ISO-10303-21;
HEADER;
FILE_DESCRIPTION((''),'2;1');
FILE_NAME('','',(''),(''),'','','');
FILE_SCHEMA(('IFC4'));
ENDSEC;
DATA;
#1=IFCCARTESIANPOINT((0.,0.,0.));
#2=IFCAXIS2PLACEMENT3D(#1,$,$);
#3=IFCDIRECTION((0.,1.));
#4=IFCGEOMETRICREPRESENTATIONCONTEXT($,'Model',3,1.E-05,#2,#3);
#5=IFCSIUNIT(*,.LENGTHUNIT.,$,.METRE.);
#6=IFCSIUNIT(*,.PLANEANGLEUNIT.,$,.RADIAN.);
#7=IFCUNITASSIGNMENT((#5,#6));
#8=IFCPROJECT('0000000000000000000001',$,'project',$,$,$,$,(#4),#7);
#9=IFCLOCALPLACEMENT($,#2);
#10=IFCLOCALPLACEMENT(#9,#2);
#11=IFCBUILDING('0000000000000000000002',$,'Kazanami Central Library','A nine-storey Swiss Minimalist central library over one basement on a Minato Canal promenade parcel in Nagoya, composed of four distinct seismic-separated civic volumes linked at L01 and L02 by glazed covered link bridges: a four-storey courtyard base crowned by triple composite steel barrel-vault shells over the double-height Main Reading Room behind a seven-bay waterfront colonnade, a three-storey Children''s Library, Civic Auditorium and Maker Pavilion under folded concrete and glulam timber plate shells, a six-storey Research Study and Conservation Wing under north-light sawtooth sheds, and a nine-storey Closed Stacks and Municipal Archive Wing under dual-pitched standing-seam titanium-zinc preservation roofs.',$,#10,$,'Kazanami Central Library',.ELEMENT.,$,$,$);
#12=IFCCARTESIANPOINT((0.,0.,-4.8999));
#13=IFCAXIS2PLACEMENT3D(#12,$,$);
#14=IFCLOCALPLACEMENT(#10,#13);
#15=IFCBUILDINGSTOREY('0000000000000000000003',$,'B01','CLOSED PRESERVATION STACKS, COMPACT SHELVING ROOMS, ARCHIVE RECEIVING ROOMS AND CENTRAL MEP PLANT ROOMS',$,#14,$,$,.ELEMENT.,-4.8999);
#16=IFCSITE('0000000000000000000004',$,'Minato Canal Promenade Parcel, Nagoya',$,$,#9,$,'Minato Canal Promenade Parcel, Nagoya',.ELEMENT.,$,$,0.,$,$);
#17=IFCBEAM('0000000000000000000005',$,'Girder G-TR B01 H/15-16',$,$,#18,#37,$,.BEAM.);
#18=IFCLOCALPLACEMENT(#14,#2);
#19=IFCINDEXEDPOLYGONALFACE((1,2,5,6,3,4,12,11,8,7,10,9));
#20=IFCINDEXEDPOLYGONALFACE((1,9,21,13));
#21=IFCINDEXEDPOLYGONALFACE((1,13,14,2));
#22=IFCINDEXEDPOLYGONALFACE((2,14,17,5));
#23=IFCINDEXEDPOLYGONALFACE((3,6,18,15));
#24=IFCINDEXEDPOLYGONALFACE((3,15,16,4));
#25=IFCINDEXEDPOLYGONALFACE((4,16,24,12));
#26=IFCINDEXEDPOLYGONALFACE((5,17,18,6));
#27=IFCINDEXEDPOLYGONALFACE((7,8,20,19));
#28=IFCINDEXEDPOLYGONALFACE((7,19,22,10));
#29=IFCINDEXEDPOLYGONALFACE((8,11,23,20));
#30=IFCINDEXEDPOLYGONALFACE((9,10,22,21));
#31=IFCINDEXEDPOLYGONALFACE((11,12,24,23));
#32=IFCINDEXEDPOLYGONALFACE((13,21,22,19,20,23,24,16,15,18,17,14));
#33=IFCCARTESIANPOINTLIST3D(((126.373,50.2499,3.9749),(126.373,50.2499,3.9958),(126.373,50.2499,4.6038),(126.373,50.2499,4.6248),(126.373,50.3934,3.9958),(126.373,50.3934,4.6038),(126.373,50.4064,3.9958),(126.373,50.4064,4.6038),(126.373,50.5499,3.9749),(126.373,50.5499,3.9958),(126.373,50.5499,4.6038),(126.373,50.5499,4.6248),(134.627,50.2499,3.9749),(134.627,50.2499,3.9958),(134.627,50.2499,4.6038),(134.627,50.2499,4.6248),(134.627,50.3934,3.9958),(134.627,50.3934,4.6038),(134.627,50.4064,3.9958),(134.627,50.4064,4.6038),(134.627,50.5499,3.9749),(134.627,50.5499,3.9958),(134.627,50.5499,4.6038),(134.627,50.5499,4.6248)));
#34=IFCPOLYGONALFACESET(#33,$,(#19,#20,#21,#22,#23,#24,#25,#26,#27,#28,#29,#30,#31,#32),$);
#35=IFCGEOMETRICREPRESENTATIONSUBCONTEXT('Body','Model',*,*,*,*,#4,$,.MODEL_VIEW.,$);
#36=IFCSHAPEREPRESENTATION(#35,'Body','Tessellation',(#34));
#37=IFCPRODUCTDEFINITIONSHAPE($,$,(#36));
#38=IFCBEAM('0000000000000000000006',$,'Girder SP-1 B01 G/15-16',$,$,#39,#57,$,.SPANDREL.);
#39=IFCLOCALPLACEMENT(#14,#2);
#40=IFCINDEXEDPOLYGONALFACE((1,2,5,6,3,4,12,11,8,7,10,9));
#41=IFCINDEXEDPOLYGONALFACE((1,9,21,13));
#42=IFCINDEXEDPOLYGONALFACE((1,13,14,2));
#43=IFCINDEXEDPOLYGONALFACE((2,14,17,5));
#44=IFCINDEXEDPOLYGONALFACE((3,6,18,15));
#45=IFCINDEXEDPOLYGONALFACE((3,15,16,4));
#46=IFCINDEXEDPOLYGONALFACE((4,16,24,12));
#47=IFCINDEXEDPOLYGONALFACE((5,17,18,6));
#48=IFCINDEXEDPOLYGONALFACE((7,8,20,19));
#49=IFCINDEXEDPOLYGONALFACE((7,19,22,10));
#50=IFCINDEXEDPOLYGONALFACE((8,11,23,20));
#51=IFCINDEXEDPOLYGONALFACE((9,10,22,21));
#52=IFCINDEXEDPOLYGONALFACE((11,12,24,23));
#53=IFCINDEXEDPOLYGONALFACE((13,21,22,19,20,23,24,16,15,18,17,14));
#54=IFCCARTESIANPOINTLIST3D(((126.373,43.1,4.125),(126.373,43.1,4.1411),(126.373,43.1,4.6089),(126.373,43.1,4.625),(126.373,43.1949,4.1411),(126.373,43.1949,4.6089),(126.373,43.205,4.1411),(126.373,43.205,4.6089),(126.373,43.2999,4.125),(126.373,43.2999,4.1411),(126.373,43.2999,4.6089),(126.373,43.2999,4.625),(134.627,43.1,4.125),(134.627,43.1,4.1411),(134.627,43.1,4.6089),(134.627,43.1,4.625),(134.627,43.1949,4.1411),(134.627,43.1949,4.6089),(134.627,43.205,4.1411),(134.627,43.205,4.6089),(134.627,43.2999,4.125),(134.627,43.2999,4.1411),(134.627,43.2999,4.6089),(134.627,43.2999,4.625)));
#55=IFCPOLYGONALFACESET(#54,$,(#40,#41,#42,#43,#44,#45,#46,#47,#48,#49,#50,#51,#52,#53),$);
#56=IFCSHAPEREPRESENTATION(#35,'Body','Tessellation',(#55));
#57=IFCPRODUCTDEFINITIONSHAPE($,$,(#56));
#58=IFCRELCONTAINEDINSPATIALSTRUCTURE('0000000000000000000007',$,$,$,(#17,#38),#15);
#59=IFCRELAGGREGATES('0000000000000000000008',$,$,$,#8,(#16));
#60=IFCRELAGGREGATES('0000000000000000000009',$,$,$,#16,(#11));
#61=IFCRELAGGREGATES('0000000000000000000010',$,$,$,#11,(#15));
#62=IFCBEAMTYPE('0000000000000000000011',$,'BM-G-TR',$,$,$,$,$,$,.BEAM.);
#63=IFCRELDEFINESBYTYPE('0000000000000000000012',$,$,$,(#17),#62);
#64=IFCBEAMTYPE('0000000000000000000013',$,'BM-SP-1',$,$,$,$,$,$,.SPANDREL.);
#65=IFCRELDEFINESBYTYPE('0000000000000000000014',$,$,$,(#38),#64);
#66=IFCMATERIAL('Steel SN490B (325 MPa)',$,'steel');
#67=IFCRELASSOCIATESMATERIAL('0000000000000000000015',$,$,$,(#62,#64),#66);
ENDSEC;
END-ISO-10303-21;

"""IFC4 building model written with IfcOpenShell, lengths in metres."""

from ifc_helpers import new_model, si_unit, direction, frame, origin, origin_2d, place, context, subcontext, project, spatial, i_section, extrude, material, material_profile, profile_set, type_object, element, save


model = new_model("IFC4")

# Units and contexts
model_context = context("Model", 3, precision=1e-05, world=origin(), true_north=direction((0.0, 1.0)))
body_context = subcontext(model_context, "Body", "Model", "MODEL_VIEW")
ifc_project = project(units=[si_unit("LENGTHUNIT", "METRE"), si_unit("PLANEANGLEUNIT", "RADIAN")], contexts=[model_context])

# Site, building, storey
site_placement = place(None, origin())
site = spatial("IfcSite", under=ifc_project, at=site_placement, Name="Minato Canal Promenade Parcel, Nagoya", LongName="Minato Canal Promenade Parcel, Nagoya", CompositionType="ELEMENT", RefElevation=0.0)
building_placement = place(site_placement, origin())
building = spatial("IfcBuilding", under=site, at=building_placement, Name="Kazanami Central Library", Description="A nine-storey Swiss Minimalist central library over one basement on a Minato Canal promenade parcel in Nagoya, composed of four distinct seismic-separated civic volumes linked at L01 and L02 by glazed covered link bridges: a four-storey courtyard base crowned by triple composite steel barrel-vault shells over the double-height Main Reading Room behind a seven-bay waterfront colonnade, a three-storey Children's Library, Civic Auditorium and Maker Pavilion under folded concrete and glulam timber plate shells, a six-storey Research Study and Conservation Wing under north-light sawtooth sheds, and a nine-storey Closed Stacks and Municipal Archive Wing under dual-pitched standing-seam titanium-zinc preservation roofs.", LongName="Kazanami Central Library", CompositionType="ELEMENT")
storey_placement = place(building_placement, frame((0.0, 0.0, -4.8999)))
storey = spatial("IfcBuildingStorey", under=building, at=storey_placement, Name="B01", Description="CLOSED PRESERVATION STACKS, COMPACT SHELVING ROOMS, ARCHIVE RECEIVING ROOMS AND CENTRAL MEP PLANT ROOMS", CompositionType="ELEMENT", Elevation=-4.8999)

# Beams
ifc_material_1 = material(Name="Steel SN490B (325 MPa)", Category="steel")
ifc_material_profile_1 = material_profile(ifc_material_1, i_section(OverallWidth=0.3, OverallDepth=0.6499, WebThickness=0.0129, FlangeThickness=0.021, at=origin_2d()), Name="H-650x300x13x21")
ifc_profile_set_1 = profile_set([ifc_material_profile_1], Name="Steel SN490B (325 MPa)")
beam_type_1 = type_object("IfcBeamType", Name="BM-G-TR", PredefinedType="BEAM", material=ifc_profile_set_1)
beam_1_placement = place(storey_placement, frame((126.373, 50.3999, 4.2998), z_axis=(1.0, 0.0, 0.0), x_axis=(0.0, 1.0, 0.0)))
element("IfcBeam", 1, at=beam_1_placement, inside=storey, type_object=beam_type_1, Name="Girder G-TR B01 H/15-16", PredefinedType="BEAM", context=body_context, shape_type="SweptSolid", body=[
    extrude(i_section(OverallWidth=0.3, OverallDepth=0.6499, WebThickness=0.0129, FlangeThickness=0.021, at=origin_2d()), origin(), (0.0, 0.0, 1.0), 8.2539),
])
ifc_material_profile_2 = material_profile(ifc_material_1, i_section(OverallWidth=0.2, OverallDepth=0.5, WebThickness=0.01, FlangeThickness=0.0161, at=origin_2d()), Name="H-500x200x10x16")
ifc_profile_set_2 = profile_set([ifc_material_profile_2], Name="Steel SN490B (325 MPa)")
beam_type_2 = type_object("IfcBeamType", Name="BM-SP-1", PredefinedType="SPANDREL", material=ifc_profile_set_2)
beam_2_placement = place(storey_placement, frame((126.373, 43.2, 4.375), z_axis=(1.0, 0.0, 0.0), x_axis=(0.0, 1.0, 0.0)))
element("IfcBeam", 2, at=beam_2_placement, inside=storey, type_object=beam_type_2, Name="Girder SP-1 B01 G/15-16", PredefinedType="SPANDREL", context=body_context, shape_type="SweptSolid", body=[
    extrude(i_section(OverallWidth=0.2, OverallDepth=0.5, WebThickness=0.01, FlangeThickness=0.0161, at=origin_2d()), origin(), (0.0, 0.0, 1.0), 8.2539),
])

save(model, "model.ifc")
